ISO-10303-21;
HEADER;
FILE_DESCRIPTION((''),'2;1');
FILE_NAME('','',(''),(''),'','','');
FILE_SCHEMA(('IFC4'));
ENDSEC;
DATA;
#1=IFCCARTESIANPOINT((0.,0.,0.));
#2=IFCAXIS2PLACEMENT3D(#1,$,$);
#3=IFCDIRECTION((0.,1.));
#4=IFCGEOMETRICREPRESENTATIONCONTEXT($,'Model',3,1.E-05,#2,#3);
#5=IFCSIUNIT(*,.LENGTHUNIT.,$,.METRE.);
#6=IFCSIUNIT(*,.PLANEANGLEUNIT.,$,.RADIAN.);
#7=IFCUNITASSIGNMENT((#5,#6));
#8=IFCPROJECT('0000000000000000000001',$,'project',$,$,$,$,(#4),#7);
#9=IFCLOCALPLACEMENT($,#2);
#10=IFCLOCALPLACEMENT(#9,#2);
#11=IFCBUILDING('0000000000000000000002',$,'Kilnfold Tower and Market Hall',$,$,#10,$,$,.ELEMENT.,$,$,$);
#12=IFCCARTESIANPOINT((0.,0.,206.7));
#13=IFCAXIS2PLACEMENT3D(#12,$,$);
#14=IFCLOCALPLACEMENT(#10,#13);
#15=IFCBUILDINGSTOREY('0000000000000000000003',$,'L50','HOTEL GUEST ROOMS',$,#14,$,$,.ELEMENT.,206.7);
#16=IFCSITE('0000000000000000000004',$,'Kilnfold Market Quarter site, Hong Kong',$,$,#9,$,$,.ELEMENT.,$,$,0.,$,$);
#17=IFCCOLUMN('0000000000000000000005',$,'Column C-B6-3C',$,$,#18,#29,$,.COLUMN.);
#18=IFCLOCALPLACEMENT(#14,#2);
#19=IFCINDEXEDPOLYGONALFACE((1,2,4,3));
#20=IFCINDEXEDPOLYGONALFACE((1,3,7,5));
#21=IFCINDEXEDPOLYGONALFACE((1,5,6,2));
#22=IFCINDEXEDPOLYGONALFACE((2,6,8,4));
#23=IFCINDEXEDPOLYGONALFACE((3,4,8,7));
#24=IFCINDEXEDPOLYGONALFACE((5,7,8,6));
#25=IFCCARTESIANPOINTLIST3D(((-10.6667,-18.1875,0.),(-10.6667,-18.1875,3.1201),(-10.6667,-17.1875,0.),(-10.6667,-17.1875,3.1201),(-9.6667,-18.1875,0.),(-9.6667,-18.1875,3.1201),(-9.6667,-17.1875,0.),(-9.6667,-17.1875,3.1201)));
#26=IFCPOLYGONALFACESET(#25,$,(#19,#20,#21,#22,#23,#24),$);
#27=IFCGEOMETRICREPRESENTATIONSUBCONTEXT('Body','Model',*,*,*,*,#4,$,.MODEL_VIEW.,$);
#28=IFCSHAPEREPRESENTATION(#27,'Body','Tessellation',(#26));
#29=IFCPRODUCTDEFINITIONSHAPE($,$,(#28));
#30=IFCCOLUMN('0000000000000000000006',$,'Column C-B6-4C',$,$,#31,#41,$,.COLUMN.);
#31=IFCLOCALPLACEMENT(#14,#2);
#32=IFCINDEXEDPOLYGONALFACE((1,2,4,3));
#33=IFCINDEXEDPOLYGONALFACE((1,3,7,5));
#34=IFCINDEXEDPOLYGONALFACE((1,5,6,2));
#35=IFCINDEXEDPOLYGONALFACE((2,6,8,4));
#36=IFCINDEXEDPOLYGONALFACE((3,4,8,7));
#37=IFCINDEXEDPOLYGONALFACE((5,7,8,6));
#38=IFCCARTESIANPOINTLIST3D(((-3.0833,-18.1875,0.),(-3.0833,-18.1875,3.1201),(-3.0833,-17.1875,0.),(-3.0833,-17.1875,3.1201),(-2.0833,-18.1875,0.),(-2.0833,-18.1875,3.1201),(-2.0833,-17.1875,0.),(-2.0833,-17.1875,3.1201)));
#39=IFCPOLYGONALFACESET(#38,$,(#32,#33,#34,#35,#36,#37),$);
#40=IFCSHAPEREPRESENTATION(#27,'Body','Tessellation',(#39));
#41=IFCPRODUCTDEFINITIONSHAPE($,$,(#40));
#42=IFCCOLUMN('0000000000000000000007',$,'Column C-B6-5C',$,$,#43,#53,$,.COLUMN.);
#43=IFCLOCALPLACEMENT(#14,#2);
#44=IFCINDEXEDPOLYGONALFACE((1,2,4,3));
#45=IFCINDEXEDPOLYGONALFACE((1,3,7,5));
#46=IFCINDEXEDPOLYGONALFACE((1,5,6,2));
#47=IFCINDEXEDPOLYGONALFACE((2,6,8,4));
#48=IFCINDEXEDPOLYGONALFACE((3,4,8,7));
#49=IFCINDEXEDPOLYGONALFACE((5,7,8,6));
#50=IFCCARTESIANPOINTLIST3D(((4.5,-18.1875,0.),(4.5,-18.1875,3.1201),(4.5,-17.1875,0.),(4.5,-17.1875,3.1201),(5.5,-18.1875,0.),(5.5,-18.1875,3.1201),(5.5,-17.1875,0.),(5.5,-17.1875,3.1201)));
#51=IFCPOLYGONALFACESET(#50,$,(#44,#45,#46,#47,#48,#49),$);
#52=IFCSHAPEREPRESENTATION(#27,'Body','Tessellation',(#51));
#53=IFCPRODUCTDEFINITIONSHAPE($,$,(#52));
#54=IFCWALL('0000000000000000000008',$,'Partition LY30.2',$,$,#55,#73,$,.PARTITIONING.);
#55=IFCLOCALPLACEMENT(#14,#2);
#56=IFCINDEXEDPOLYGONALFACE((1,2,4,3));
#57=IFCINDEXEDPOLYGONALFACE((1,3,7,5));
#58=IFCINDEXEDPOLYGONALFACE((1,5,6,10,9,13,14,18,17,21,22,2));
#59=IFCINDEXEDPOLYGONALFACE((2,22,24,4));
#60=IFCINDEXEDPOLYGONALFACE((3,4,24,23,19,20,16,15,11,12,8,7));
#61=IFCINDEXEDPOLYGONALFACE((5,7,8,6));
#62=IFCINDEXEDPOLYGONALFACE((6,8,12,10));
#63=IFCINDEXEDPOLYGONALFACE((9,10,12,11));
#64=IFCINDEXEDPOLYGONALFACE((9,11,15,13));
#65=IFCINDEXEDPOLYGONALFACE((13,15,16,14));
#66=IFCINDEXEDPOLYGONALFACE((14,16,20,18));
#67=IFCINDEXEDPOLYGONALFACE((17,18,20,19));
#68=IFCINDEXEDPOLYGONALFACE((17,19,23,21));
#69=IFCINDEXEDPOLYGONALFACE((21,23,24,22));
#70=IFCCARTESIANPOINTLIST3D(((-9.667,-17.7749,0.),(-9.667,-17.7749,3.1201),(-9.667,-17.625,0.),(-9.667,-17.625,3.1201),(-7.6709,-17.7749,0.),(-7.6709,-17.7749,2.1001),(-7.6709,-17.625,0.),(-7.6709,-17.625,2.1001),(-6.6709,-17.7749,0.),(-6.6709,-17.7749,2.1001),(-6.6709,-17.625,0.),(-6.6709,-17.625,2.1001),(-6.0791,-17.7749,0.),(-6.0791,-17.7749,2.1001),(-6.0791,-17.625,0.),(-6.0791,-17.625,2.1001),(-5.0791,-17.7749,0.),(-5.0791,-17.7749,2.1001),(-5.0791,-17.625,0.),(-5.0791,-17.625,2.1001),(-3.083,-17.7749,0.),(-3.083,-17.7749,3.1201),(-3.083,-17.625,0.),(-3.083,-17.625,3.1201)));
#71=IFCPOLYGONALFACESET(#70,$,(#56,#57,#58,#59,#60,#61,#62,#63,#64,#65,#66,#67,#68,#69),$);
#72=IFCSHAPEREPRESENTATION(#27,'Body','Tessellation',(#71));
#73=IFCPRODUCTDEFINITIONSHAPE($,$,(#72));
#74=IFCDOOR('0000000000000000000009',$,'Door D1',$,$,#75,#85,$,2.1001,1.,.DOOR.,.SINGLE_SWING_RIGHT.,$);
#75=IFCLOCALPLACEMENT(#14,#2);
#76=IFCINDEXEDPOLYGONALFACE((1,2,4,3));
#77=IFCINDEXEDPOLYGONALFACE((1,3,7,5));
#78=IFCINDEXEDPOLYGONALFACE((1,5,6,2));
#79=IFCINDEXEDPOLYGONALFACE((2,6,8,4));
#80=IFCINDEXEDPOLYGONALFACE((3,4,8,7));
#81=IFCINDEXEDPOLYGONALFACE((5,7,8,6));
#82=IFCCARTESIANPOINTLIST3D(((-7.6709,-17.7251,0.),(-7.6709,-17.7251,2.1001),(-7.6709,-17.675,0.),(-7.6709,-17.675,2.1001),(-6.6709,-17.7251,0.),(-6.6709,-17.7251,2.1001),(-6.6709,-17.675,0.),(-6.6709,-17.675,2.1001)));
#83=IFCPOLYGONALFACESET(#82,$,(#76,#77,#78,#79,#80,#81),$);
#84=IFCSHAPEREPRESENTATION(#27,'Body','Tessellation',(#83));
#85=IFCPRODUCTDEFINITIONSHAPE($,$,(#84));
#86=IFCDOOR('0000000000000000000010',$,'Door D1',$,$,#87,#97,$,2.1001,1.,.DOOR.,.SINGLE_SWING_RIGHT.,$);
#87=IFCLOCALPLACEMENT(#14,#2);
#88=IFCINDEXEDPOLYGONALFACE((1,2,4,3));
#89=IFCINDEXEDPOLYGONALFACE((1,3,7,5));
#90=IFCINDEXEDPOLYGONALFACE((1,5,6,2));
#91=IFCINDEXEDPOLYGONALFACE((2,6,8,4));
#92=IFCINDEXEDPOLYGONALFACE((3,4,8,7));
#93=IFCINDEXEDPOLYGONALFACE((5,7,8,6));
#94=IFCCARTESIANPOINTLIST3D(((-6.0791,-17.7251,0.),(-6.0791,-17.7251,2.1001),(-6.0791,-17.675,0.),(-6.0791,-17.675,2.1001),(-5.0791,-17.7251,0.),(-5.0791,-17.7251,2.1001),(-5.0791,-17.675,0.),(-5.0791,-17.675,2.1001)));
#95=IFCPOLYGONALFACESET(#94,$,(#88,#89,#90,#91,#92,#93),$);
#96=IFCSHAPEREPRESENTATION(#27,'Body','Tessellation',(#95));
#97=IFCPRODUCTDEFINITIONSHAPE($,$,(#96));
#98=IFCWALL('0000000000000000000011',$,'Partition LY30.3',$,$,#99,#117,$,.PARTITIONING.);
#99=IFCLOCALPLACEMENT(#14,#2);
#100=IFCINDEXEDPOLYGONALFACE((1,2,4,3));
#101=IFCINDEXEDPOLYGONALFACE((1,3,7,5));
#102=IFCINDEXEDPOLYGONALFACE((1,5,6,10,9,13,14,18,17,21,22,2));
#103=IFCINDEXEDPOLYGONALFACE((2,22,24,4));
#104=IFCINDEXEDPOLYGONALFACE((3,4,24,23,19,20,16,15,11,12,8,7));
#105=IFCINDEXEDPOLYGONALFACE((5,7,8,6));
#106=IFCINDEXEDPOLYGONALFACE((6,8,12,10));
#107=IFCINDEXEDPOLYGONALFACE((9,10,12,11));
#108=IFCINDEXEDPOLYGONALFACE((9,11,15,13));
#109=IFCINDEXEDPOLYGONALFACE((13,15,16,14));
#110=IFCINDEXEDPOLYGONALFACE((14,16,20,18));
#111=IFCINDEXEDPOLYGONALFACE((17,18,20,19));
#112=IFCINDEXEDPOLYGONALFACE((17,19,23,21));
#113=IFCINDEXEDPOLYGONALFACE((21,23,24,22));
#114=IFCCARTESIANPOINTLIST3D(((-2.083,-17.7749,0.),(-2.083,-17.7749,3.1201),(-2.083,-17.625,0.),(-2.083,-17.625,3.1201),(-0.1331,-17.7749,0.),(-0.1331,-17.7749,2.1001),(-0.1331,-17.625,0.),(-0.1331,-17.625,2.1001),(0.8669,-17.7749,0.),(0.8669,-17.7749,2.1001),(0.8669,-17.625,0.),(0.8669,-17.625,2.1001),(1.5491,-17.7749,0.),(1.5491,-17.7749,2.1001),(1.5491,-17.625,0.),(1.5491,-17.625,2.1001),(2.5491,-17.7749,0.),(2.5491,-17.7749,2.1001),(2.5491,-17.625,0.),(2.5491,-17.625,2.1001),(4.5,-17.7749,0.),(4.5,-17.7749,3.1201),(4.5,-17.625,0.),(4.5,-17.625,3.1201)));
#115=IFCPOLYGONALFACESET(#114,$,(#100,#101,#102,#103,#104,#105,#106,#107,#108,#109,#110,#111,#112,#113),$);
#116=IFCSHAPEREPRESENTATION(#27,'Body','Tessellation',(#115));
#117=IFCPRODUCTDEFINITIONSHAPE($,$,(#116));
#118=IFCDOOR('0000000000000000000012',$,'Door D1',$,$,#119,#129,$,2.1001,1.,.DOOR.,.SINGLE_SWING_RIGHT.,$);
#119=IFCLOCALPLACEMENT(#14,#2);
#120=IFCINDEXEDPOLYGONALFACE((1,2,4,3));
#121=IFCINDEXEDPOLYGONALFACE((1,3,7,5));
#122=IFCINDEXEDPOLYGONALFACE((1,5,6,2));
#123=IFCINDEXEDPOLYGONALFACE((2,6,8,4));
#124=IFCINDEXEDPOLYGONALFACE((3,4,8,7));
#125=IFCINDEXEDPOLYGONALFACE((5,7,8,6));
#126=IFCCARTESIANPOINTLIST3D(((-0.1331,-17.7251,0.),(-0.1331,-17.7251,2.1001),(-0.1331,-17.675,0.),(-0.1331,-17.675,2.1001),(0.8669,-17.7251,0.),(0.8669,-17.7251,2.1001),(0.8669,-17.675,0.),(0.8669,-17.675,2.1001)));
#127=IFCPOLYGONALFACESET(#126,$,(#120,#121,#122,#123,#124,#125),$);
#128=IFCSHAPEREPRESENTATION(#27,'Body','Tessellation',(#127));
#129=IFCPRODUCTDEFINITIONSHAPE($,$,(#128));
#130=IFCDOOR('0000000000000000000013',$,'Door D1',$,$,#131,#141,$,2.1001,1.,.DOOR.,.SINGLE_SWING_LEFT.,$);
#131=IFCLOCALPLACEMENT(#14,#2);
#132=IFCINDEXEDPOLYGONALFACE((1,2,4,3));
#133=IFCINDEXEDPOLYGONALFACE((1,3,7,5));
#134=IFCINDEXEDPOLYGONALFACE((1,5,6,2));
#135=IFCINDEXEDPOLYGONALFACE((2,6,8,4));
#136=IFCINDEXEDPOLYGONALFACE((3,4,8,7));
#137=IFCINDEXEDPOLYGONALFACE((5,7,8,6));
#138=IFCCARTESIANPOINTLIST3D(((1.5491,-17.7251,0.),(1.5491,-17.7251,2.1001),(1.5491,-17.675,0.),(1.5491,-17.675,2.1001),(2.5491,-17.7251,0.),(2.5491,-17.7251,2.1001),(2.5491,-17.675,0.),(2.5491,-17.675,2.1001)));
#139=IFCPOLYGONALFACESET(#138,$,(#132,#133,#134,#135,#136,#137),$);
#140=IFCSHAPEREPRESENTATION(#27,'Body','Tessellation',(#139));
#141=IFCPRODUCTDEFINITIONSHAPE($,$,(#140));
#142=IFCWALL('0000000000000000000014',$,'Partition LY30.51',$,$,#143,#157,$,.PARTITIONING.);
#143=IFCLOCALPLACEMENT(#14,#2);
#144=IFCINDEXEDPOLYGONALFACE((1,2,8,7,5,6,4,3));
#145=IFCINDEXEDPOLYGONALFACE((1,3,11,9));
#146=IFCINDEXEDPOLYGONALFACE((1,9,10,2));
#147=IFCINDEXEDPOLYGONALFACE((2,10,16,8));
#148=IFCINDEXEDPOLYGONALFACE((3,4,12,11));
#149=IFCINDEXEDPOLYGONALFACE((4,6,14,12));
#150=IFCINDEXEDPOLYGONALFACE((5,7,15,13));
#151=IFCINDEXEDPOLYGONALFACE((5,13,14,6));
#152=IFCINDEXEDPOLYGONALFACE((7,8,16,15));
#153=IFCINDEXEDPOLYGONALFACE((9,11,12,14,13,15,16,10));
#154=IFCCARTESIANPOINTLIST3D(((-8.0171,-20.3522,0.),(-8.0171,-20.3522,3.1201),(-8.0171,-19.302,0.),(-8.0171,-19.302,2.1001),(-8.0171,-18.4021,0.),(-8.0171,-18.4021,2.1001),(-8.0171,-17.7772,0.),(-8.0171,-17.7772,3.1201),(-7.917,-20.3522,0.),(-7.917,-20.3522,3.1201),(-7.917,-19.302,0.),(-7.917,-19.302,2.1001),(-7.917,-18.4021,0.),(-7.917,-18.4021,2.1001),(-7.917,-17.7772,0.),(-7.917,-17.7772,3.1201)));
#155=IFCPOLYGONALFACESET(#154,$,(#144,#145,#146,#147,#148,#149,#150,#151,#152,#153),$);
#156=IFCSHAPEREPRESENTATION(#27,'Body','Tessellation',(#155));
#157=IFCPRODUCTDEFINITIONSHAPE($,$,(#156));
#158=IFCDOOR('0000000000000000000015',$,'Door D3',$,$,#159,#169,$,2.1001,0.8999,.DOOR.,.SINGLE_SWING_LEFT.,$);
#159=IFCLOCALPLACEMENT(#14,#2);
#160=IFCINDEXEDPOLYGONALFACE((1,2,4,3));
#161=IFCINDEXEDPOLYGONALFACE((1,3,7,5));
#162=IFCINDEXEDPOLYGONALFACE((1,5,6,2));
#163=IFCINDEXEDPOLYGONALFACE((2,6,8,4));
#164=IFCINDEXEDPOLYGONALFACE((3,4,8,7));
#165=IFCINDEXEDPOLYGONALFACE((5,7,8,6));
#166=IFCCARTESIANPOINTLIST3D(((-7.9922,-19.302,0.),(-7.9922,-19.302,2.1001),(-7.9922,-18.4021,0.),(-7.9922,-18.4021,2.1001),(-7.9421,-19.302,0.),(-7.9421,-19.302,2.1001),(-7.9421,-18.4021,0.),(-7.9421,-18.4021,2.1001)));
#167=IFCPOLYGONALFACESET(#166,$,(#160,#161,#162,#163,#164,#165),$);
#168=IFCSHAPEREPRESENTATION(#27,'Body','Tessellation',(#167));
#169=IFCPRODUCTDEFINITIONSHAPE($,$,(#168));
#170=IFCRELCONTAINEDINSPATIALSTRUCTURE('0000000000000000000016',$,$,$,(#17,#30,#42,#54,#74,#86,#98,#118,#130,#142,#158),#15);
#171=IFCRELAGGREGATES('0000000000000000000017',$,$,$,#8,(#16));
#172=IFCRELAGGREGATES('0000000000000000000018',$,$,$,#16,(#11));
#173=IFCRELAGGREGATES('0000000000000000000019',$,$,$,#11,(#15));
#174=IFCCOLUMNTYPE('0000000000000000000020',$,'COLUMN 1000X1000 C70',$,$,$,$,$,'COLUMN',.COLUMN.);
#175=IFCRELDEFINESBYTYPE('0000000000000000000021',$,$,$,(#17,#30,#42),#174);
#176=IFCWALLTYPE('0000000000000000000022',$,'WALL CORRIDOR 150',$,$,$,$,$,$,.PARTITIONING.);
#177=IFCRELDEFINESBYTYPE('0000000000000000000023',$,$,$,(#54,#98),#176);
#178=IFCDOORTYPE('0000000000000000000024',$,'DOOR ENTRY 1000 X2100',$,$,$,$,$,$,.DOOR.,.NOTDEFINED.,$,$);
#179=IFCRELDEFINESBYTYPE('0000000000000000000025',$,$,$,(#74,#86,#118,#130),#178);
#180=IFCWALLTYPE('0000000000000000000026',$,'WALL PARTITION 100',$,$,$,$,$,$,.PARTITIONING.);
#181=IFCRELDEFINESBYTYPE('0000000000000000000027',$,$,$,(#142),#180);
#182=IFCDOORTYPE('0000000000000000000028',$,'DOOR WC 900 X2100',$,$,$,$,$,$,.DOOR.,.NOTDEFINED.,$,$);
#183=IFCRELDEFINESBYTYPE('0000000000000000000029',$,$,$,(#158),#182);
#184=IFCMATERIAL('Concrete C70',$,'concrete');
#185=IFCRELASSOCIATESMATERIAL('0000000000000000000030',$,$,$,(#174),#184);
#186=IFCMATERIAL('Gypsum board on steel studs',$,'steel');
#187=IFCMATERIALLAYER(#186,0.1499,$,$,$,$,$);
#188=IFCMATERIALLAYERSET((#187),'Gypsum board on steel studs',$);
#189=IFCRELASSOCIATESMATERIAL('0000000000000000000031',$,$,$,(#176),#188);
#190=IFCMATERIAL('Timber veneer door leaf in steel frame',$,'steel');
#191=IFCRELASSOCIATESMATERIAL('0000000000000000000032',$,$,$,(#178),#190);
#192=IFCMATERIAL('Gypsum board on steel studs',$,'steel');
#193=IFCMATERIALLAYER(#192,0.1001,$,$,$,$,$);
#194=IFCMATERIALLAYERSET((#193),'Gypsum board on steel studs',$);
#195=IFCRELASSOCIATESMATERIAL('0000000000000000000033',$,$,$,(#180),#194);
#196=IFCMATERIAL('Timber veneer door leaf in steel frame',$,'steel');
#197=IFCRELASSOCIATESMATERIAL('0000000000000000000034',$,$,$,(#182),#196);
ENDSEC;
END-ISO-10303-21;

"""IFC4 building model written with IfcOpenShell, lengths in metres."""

from ifc_helpers import new_model, si_unit, direction, frame, frame_2d, origin, origin_2d, place, context, subcontext, project, spatial, rectangle, extrude, source, transform, mapped, material, layer, layer_set, material_profile, profile_set, type_object, element, fill, save


model = new_model("IFC4")

# Units and contexts
model_context = context("Model", 3, precision=1e-05, world=origin(), true_north=direction((0.0, 1.0)))
body_context = subcontext(model_context, "Body", "Model", "MODEL_VIEW")
ifc_project = project(units=[si_unit("LENGTHUNIT", "METRE"), si_unit("PLANEANGLEUNIT", "RADIAN")], contexts=[model_context])

# Site, building, storey
site_placement = place(None, origin())
site = spatial("IfcSite", under=ifc_project, at=site_placement, Name="Kilnfold Market Quarter site, Hong Kong", CompositionType="ELEMENT", RefElevation=0.0)
building_placement = place(site_placement, origin())
building = spatial("IfcBuilding", under=site, at=building_placement, Name="Kilnfold Tower and Market Hall", CompositionType="ELEMENT")
storey_placement = place(building_placement, frame((0.0, 0.0, 206.7)))
storey = spatial("IfcBuildingStorey", under=building, at=storey_placement, Name="L50", Description="HOTEL GUEST ROOMS", CompositionType="ELEMENT", Elevation=206.7)

# Columns
ifc_material_1 = material(Name="Concrete C70", Category="concrete")
ifc_material_profile = material_profile(ifc_material_1, rectangle(XDim=1.0, YDim=1.0, at=origin_2d()), Name="RC 1000x1000")
ifc_profile_set = profile_set([ifc_material_profile], Name="Concrete C70")
column_type = type_object("IfcColumnType", Name="COLUMN 1000X1000 C70", ElementType="COLUMN", PredefinedType="COLUMN", material=ifc_profile_set)
shared_shape = source(origin(), body_context, "Body", "SweptSolid", [
    extrude(rectangle(XDim=1.0, YDim=1.0, at=origin_2d()), origin(), (0.0, 0.0, 1.0), 3.1201),
])
for number, where, z_axis, x_axis, name in (
    (1, (-10.1667, -17.6875, 0.0), (0.0, 0.0, 1.0), (1.0, 0.0, 0.0), "Column C-B6-3C"),
    (2, (-2.5833, -17.6875, 0.0), (0.0, 0.0, 1.0), (1.0, 0.0, 0.0), "Column C-B6-4C"),
    (3, (5.0, -17.6875, 0.0), (0.0, 0.0, 1.0), (1.0, 0.0, 0.0), "Column C-B6-5C"),
):
    element("IfcColumn", number, at=place(storey_placement, frame(where, z_axis=z_axis, x_axis=x_axis)), inside=storey, type_object=column_type, Name=name, PredefinedType="COLUMN", context=body_context, shape_type="MappedRepresentation", body=[
        mapped(shared_shape, transform((0.0, 0.0, 0.0))),
    ])

# Walls, openings, doors
ifc_material_2 = material(Name="Gypsum board on steel studs", Category="steel")
ifc_layer_1 = layer(ifc_material_2, 0.1499)
ifc_layer_set_1 = layer_set([ifc_layer_1], Name="Gypsum board on steel studs")
wall_type_1 = type_object("IfcWallType", Name="WALL CORRIDOR 150", PredefinedType="PARTITIONING", material=ifc_layer_set_1)
wall_1_placement = place(storey_placement, frame((-9.667, -17.7, 0.0), z_axis=(0.0, 0.0, 1.0), x_axis=(1.0, 0.0, 0.0)))
wall_1 = element("IfcWall", 4, at=wall_1_placement, inside=storey, type_object=wall_type_1, Name="Partition LY30.2", PredefinedType="PARTITIONING", context=body_context, shape_type="SweptSolid", body=[
    extrude(rectangle(XDim=6.584, YDim=0.1499, at=frame_2d((3.292, 0.0))), origin(), (0.0, 0.0, 1.0), 3.1201),
])
opening_1_placement = place(wall_1_placement, frame((1.9961, 0.0, 0.0)))
opening_1 = element("IfcOpeningElement", 5, at=opening_1_placement, cuts=wall_1, PredefinedType="OPENING", context=body_context, shape_type="SweptSolid", body=[
    extrude(rectangle(XDim=1.0, YDim=2.1001, at=frame_2d((0.5, 1.05))), frame((0.0, 0.085, 0.0), z_axis=(0.0, -1.0, 0.0), x_axis=(1.0, 0.0, 0.0)), (0.0, 0.0, 1.0), 0.1699),
])
opening_2_placement = place(wall_1_placement, frame((3.5879, 0.0, 0.0)))
opening_2 = element("IfcOpeningElement", 6, at=opening_2_placement, cuts=wall_1, PredefinedType="OPENING", context=body_context, shape_type="SweptSolid", body=[
    extrude(rectangle(XDim=1.0, YDim=2.1001, at=frame_2d((0.5, 1.05))), frame((0.0, 0.085, 0.0), z_axis=(0.0, -1.0, 0.0), x_axis=(1.0, 0.0, 0.0)), (0.0, 0.0, 1.0), 0.1699),
])
ifc_material_3 = material(Name="Timber veneer door leaf in steel frame", Category="steel")
door_type_1 = type_object("IfcDoorType", Name="DOOR ENTRY 1000 X2100", OperationType="NOTDEFINED", PredefinedType="DOOR", material=ifc_material_3)
door_1_placement = place(opening_1_placement, origin())
door_1 = element("IfcDoor", 7, at=door_1_placement, inside=storey, type_object=door_type_1, Name="Door D1", OperationType="SINGLE_SWING_RIGHT", OverallHeight=2.1001, OverallWidth=1.0, PredefinedType="DOOR", context=body_context, shape_type="SweptSolid", body=[
    extrude(rectangle(XDim=1.0, YDim=2.1001, at=frame_2d((0.5, 1.05))), frame((0.0, 0.0249, 0.0), z_axis=(0.0, -1.0, 0.0), x_axis=(1.0, 0.0, 0.0)), (0.0, 0.0, 1.0), 0.05),
])
fill(opening_1, door_1)
door_2_placement = place(opening_2_placement, origin())
door_2 = element("IfcDoor", 8, at=door_2_placement, inside=storey, type_object=door_type_1, Name="Door D1", OperationType="SINGLE_SWING_RIGHT", OverallHeight=2.1001, OverallWidth=1.0, PredefinedType="DOOR", context=body_context, shape_type="SweptSolid", body=[
    extrude(rectangle(XDim=1.0, YDim=2.1001, at=frame_2d((0.5, 1.05))), frame((0.0, 0.0249, 0.0), z_axis=(0.0, -1.0, 0.0), x_axis=(1.0, 0.0, 0.0)), (0.0, 0.0, 1.0), 0.05),
])
fill(opening_2, door_2)
wall_2_placement = place(storey_placement, frame((-2.083, -17.7, 0.0), z_axis=(0.0, 0.0, 1.0), x_axis=(1.0, 0.0, 0.0)))
wall_2 = element("IfcWall", 9, at=wall_2_placement, inside=storey, type_object=wall_type_1, Name="Partition LY30.3", PredefinedType="PARTITIONING", context=body_context, shape_type="SweptSolid", body=[
    extrude(rectangle(XDim=6.583, YDim=0.1499, at=frame_2d((3.2915, 0.0))), origin(), (0.0, 0.0, 1.0), 3.1201),
])
opening_3_placement = place(wall_2_placement, frame((1.95, 0.0, 0.0)))
opening_3 = element("IfcOpeningElement", 10, at=opening_3_placement, cuts=wall_2, PredefinedType="OPENING", context=body_context, shape_type="SweptSolid", body=[
    extrude(rectangle(XDim=1.0, YDim=2.1001, at=frame_2d((0.5, 1.05))), frame((0.0, 0.085, 0.0), z_axis=(0.0, -1.0, 0.0), x_axis=(1.0, 0.0, 0.0)), (0.0, 0.0, 1.0), 0.1699),
])
opening_4_placement = place(wall_2_placement, frame((3.6321, 0.0, 0.0)))
opening_4 = element("IfcOpeningElement", 11, at=opening_4_placement, cuts=wall_2, PredefinedType="OPENING", context=body_context, shape_type="SweptSolid", body=[
    extrude(rectangle(XDim=1.0, YDim=2.1001, at=frame_2d((0.5, 1.05))), frame((0.0, 0.085, 0.0), z_axis=(0.0, -1.0, 0.0), x_axis=(1.0, 0.0, 0.0)), (0.0, 0.0, 1.0), 0.1699),
])
door_3_placement = place(opening_3_placement, origin())
door_3 = element("IfcDoor", 12, at=door_3_placement, inside=storey, type_object=door_type_1, Name="Door D1", OperationType="SINGLE_SWING_RIGHT", OverallHeight=2.1001, OverallWidth=1.0, PredefinedType="DOOR", context=body_context, shape_type="SweptSolid", body=[
    extrude(rectangle(XDim=1.0, YDim=2.1001, at=frame_2d((0.5, 1.05))), frame((0.0, 0.0249, 0.0), z_axis=(0.0, -1.0, 0.0), x_axis=(1.0, 0.0, 0.0)), (0.0, 0.0, 1.0), 0.05),
])
fill(opening_3, door_3)
door_4_placement = place(opening_4_placement, origin())
door_4 = element("IfcDoor", 13, at=door_4_placement, inside=storey, type_object=door_type_1, Name="Door D1", OperationType="SINGLE_SWING_LEFT", OverallHeight=2.1001, OverallWidth=1.0, PredefinedType="DOOR", context=body_context, shape_type="SweptSolid", body=[
    extrude(rectangle(XDim=1.0, YDim=2.1001, at=frame_2d((0.5, 1.05))), frame((0.0, 0.0249, 0.0), z_axis=(0.0, -1.0, 0.0), x_axis=(1.0, 0.0, 0.0)), (0.0, 0.0, 1.0), 0.05),
])
fill(opening_4, door_4)

# Wall, opening, door
ifc_material_4 = material(Name="Gypsum board on steel studs", Category="steel")
ifc_layer_2 = layer(ifc_material_4, 0.1001)
ifc_layer_set_2 = layer_set([ifc_layer_2], Name="Gypsum board on steel studs")
wall_type_2 = type_object("IfcWallType", Name="WALL PARTITION 100", PredefinedType="PARTITIONING", material=ifc_layer_set_2)
wall_3_placement = place(storey_placement, frame((-7.967, -17.7771, 0.0), z_axis=(0.0, 0.0, 1.0), x_axis=(0.0, -1.0, 0.0)))
wall_3 = element("IfcWall", 14, at=wall_3_placement, inside=storey, type_object=wall_type_2, Name="Partition LY30.51", PredefinedType="PARTITIONING", context=body_context, shape_type="SweptSolid", body=[
    extrude(rectangle(XDim=2.575, YDim=0.1001, at=frame_2d((1.2876, 0.0))), origin(), (0.0, 0.0, 1.0), 3.1201),
])
opening_5_placement = place(wall_3_placement, frame((0.625, 0.0, 0.0)))
opening_5 = element("IfcOpeningElement", 15, at=opening_5_placement, cuts=wall_3, PredefinedType="OPENING", context=body_context, shape_type="SweptSolid", body=[
    extrude(rectangle(XDim=0.8999, YDim=2.1001, at=frame_2d((0.45, 1.05))), frame((0.0, 0.0601, 0.0), z_axis=(0.0, -1.0, 0.0), x_axis=(1.0, 0.0, 0.0)), (0.0, 0.0, 1.0), 0.1201),
])
ifc_material_5 = material(Name="Timber veneer door leaf in steel frame", Category="steel")
door_type_2 = type_object("IfcDoorType", Name="DOOR WC 900 X2100", OperationType="NOTDEFINED", PredefinedType="DOOR", material=ifc_material_5)
door_5_placement = place(opening_5_placement, origin())
door_5 = element("IfcDoor", 16, at=door_5_placement, inside=storey, type_object=door_type_2, Name="Door D3", OperationType="SINGLE_SWING_LEFT", OverallHeight=2.1001, OverallWidth=0.8999, PredefinedType="DOOR", context=body_context, shape_type="SweptSolid", body=[
    extrude(rectangle(XDim=0.8999, YDim=2.1001, at=frame_2d((0.45, 1.05))), frame((0.0, 0.0249, 0.0), z_axis=(0.0, -1.0, 0.0), x_axis=(1.0, 0.0, 0.0)), (0.0, 0.0, 1.0), 0.05),
])
fill(opening_5, door_5)

save(model, "model.ifc")
